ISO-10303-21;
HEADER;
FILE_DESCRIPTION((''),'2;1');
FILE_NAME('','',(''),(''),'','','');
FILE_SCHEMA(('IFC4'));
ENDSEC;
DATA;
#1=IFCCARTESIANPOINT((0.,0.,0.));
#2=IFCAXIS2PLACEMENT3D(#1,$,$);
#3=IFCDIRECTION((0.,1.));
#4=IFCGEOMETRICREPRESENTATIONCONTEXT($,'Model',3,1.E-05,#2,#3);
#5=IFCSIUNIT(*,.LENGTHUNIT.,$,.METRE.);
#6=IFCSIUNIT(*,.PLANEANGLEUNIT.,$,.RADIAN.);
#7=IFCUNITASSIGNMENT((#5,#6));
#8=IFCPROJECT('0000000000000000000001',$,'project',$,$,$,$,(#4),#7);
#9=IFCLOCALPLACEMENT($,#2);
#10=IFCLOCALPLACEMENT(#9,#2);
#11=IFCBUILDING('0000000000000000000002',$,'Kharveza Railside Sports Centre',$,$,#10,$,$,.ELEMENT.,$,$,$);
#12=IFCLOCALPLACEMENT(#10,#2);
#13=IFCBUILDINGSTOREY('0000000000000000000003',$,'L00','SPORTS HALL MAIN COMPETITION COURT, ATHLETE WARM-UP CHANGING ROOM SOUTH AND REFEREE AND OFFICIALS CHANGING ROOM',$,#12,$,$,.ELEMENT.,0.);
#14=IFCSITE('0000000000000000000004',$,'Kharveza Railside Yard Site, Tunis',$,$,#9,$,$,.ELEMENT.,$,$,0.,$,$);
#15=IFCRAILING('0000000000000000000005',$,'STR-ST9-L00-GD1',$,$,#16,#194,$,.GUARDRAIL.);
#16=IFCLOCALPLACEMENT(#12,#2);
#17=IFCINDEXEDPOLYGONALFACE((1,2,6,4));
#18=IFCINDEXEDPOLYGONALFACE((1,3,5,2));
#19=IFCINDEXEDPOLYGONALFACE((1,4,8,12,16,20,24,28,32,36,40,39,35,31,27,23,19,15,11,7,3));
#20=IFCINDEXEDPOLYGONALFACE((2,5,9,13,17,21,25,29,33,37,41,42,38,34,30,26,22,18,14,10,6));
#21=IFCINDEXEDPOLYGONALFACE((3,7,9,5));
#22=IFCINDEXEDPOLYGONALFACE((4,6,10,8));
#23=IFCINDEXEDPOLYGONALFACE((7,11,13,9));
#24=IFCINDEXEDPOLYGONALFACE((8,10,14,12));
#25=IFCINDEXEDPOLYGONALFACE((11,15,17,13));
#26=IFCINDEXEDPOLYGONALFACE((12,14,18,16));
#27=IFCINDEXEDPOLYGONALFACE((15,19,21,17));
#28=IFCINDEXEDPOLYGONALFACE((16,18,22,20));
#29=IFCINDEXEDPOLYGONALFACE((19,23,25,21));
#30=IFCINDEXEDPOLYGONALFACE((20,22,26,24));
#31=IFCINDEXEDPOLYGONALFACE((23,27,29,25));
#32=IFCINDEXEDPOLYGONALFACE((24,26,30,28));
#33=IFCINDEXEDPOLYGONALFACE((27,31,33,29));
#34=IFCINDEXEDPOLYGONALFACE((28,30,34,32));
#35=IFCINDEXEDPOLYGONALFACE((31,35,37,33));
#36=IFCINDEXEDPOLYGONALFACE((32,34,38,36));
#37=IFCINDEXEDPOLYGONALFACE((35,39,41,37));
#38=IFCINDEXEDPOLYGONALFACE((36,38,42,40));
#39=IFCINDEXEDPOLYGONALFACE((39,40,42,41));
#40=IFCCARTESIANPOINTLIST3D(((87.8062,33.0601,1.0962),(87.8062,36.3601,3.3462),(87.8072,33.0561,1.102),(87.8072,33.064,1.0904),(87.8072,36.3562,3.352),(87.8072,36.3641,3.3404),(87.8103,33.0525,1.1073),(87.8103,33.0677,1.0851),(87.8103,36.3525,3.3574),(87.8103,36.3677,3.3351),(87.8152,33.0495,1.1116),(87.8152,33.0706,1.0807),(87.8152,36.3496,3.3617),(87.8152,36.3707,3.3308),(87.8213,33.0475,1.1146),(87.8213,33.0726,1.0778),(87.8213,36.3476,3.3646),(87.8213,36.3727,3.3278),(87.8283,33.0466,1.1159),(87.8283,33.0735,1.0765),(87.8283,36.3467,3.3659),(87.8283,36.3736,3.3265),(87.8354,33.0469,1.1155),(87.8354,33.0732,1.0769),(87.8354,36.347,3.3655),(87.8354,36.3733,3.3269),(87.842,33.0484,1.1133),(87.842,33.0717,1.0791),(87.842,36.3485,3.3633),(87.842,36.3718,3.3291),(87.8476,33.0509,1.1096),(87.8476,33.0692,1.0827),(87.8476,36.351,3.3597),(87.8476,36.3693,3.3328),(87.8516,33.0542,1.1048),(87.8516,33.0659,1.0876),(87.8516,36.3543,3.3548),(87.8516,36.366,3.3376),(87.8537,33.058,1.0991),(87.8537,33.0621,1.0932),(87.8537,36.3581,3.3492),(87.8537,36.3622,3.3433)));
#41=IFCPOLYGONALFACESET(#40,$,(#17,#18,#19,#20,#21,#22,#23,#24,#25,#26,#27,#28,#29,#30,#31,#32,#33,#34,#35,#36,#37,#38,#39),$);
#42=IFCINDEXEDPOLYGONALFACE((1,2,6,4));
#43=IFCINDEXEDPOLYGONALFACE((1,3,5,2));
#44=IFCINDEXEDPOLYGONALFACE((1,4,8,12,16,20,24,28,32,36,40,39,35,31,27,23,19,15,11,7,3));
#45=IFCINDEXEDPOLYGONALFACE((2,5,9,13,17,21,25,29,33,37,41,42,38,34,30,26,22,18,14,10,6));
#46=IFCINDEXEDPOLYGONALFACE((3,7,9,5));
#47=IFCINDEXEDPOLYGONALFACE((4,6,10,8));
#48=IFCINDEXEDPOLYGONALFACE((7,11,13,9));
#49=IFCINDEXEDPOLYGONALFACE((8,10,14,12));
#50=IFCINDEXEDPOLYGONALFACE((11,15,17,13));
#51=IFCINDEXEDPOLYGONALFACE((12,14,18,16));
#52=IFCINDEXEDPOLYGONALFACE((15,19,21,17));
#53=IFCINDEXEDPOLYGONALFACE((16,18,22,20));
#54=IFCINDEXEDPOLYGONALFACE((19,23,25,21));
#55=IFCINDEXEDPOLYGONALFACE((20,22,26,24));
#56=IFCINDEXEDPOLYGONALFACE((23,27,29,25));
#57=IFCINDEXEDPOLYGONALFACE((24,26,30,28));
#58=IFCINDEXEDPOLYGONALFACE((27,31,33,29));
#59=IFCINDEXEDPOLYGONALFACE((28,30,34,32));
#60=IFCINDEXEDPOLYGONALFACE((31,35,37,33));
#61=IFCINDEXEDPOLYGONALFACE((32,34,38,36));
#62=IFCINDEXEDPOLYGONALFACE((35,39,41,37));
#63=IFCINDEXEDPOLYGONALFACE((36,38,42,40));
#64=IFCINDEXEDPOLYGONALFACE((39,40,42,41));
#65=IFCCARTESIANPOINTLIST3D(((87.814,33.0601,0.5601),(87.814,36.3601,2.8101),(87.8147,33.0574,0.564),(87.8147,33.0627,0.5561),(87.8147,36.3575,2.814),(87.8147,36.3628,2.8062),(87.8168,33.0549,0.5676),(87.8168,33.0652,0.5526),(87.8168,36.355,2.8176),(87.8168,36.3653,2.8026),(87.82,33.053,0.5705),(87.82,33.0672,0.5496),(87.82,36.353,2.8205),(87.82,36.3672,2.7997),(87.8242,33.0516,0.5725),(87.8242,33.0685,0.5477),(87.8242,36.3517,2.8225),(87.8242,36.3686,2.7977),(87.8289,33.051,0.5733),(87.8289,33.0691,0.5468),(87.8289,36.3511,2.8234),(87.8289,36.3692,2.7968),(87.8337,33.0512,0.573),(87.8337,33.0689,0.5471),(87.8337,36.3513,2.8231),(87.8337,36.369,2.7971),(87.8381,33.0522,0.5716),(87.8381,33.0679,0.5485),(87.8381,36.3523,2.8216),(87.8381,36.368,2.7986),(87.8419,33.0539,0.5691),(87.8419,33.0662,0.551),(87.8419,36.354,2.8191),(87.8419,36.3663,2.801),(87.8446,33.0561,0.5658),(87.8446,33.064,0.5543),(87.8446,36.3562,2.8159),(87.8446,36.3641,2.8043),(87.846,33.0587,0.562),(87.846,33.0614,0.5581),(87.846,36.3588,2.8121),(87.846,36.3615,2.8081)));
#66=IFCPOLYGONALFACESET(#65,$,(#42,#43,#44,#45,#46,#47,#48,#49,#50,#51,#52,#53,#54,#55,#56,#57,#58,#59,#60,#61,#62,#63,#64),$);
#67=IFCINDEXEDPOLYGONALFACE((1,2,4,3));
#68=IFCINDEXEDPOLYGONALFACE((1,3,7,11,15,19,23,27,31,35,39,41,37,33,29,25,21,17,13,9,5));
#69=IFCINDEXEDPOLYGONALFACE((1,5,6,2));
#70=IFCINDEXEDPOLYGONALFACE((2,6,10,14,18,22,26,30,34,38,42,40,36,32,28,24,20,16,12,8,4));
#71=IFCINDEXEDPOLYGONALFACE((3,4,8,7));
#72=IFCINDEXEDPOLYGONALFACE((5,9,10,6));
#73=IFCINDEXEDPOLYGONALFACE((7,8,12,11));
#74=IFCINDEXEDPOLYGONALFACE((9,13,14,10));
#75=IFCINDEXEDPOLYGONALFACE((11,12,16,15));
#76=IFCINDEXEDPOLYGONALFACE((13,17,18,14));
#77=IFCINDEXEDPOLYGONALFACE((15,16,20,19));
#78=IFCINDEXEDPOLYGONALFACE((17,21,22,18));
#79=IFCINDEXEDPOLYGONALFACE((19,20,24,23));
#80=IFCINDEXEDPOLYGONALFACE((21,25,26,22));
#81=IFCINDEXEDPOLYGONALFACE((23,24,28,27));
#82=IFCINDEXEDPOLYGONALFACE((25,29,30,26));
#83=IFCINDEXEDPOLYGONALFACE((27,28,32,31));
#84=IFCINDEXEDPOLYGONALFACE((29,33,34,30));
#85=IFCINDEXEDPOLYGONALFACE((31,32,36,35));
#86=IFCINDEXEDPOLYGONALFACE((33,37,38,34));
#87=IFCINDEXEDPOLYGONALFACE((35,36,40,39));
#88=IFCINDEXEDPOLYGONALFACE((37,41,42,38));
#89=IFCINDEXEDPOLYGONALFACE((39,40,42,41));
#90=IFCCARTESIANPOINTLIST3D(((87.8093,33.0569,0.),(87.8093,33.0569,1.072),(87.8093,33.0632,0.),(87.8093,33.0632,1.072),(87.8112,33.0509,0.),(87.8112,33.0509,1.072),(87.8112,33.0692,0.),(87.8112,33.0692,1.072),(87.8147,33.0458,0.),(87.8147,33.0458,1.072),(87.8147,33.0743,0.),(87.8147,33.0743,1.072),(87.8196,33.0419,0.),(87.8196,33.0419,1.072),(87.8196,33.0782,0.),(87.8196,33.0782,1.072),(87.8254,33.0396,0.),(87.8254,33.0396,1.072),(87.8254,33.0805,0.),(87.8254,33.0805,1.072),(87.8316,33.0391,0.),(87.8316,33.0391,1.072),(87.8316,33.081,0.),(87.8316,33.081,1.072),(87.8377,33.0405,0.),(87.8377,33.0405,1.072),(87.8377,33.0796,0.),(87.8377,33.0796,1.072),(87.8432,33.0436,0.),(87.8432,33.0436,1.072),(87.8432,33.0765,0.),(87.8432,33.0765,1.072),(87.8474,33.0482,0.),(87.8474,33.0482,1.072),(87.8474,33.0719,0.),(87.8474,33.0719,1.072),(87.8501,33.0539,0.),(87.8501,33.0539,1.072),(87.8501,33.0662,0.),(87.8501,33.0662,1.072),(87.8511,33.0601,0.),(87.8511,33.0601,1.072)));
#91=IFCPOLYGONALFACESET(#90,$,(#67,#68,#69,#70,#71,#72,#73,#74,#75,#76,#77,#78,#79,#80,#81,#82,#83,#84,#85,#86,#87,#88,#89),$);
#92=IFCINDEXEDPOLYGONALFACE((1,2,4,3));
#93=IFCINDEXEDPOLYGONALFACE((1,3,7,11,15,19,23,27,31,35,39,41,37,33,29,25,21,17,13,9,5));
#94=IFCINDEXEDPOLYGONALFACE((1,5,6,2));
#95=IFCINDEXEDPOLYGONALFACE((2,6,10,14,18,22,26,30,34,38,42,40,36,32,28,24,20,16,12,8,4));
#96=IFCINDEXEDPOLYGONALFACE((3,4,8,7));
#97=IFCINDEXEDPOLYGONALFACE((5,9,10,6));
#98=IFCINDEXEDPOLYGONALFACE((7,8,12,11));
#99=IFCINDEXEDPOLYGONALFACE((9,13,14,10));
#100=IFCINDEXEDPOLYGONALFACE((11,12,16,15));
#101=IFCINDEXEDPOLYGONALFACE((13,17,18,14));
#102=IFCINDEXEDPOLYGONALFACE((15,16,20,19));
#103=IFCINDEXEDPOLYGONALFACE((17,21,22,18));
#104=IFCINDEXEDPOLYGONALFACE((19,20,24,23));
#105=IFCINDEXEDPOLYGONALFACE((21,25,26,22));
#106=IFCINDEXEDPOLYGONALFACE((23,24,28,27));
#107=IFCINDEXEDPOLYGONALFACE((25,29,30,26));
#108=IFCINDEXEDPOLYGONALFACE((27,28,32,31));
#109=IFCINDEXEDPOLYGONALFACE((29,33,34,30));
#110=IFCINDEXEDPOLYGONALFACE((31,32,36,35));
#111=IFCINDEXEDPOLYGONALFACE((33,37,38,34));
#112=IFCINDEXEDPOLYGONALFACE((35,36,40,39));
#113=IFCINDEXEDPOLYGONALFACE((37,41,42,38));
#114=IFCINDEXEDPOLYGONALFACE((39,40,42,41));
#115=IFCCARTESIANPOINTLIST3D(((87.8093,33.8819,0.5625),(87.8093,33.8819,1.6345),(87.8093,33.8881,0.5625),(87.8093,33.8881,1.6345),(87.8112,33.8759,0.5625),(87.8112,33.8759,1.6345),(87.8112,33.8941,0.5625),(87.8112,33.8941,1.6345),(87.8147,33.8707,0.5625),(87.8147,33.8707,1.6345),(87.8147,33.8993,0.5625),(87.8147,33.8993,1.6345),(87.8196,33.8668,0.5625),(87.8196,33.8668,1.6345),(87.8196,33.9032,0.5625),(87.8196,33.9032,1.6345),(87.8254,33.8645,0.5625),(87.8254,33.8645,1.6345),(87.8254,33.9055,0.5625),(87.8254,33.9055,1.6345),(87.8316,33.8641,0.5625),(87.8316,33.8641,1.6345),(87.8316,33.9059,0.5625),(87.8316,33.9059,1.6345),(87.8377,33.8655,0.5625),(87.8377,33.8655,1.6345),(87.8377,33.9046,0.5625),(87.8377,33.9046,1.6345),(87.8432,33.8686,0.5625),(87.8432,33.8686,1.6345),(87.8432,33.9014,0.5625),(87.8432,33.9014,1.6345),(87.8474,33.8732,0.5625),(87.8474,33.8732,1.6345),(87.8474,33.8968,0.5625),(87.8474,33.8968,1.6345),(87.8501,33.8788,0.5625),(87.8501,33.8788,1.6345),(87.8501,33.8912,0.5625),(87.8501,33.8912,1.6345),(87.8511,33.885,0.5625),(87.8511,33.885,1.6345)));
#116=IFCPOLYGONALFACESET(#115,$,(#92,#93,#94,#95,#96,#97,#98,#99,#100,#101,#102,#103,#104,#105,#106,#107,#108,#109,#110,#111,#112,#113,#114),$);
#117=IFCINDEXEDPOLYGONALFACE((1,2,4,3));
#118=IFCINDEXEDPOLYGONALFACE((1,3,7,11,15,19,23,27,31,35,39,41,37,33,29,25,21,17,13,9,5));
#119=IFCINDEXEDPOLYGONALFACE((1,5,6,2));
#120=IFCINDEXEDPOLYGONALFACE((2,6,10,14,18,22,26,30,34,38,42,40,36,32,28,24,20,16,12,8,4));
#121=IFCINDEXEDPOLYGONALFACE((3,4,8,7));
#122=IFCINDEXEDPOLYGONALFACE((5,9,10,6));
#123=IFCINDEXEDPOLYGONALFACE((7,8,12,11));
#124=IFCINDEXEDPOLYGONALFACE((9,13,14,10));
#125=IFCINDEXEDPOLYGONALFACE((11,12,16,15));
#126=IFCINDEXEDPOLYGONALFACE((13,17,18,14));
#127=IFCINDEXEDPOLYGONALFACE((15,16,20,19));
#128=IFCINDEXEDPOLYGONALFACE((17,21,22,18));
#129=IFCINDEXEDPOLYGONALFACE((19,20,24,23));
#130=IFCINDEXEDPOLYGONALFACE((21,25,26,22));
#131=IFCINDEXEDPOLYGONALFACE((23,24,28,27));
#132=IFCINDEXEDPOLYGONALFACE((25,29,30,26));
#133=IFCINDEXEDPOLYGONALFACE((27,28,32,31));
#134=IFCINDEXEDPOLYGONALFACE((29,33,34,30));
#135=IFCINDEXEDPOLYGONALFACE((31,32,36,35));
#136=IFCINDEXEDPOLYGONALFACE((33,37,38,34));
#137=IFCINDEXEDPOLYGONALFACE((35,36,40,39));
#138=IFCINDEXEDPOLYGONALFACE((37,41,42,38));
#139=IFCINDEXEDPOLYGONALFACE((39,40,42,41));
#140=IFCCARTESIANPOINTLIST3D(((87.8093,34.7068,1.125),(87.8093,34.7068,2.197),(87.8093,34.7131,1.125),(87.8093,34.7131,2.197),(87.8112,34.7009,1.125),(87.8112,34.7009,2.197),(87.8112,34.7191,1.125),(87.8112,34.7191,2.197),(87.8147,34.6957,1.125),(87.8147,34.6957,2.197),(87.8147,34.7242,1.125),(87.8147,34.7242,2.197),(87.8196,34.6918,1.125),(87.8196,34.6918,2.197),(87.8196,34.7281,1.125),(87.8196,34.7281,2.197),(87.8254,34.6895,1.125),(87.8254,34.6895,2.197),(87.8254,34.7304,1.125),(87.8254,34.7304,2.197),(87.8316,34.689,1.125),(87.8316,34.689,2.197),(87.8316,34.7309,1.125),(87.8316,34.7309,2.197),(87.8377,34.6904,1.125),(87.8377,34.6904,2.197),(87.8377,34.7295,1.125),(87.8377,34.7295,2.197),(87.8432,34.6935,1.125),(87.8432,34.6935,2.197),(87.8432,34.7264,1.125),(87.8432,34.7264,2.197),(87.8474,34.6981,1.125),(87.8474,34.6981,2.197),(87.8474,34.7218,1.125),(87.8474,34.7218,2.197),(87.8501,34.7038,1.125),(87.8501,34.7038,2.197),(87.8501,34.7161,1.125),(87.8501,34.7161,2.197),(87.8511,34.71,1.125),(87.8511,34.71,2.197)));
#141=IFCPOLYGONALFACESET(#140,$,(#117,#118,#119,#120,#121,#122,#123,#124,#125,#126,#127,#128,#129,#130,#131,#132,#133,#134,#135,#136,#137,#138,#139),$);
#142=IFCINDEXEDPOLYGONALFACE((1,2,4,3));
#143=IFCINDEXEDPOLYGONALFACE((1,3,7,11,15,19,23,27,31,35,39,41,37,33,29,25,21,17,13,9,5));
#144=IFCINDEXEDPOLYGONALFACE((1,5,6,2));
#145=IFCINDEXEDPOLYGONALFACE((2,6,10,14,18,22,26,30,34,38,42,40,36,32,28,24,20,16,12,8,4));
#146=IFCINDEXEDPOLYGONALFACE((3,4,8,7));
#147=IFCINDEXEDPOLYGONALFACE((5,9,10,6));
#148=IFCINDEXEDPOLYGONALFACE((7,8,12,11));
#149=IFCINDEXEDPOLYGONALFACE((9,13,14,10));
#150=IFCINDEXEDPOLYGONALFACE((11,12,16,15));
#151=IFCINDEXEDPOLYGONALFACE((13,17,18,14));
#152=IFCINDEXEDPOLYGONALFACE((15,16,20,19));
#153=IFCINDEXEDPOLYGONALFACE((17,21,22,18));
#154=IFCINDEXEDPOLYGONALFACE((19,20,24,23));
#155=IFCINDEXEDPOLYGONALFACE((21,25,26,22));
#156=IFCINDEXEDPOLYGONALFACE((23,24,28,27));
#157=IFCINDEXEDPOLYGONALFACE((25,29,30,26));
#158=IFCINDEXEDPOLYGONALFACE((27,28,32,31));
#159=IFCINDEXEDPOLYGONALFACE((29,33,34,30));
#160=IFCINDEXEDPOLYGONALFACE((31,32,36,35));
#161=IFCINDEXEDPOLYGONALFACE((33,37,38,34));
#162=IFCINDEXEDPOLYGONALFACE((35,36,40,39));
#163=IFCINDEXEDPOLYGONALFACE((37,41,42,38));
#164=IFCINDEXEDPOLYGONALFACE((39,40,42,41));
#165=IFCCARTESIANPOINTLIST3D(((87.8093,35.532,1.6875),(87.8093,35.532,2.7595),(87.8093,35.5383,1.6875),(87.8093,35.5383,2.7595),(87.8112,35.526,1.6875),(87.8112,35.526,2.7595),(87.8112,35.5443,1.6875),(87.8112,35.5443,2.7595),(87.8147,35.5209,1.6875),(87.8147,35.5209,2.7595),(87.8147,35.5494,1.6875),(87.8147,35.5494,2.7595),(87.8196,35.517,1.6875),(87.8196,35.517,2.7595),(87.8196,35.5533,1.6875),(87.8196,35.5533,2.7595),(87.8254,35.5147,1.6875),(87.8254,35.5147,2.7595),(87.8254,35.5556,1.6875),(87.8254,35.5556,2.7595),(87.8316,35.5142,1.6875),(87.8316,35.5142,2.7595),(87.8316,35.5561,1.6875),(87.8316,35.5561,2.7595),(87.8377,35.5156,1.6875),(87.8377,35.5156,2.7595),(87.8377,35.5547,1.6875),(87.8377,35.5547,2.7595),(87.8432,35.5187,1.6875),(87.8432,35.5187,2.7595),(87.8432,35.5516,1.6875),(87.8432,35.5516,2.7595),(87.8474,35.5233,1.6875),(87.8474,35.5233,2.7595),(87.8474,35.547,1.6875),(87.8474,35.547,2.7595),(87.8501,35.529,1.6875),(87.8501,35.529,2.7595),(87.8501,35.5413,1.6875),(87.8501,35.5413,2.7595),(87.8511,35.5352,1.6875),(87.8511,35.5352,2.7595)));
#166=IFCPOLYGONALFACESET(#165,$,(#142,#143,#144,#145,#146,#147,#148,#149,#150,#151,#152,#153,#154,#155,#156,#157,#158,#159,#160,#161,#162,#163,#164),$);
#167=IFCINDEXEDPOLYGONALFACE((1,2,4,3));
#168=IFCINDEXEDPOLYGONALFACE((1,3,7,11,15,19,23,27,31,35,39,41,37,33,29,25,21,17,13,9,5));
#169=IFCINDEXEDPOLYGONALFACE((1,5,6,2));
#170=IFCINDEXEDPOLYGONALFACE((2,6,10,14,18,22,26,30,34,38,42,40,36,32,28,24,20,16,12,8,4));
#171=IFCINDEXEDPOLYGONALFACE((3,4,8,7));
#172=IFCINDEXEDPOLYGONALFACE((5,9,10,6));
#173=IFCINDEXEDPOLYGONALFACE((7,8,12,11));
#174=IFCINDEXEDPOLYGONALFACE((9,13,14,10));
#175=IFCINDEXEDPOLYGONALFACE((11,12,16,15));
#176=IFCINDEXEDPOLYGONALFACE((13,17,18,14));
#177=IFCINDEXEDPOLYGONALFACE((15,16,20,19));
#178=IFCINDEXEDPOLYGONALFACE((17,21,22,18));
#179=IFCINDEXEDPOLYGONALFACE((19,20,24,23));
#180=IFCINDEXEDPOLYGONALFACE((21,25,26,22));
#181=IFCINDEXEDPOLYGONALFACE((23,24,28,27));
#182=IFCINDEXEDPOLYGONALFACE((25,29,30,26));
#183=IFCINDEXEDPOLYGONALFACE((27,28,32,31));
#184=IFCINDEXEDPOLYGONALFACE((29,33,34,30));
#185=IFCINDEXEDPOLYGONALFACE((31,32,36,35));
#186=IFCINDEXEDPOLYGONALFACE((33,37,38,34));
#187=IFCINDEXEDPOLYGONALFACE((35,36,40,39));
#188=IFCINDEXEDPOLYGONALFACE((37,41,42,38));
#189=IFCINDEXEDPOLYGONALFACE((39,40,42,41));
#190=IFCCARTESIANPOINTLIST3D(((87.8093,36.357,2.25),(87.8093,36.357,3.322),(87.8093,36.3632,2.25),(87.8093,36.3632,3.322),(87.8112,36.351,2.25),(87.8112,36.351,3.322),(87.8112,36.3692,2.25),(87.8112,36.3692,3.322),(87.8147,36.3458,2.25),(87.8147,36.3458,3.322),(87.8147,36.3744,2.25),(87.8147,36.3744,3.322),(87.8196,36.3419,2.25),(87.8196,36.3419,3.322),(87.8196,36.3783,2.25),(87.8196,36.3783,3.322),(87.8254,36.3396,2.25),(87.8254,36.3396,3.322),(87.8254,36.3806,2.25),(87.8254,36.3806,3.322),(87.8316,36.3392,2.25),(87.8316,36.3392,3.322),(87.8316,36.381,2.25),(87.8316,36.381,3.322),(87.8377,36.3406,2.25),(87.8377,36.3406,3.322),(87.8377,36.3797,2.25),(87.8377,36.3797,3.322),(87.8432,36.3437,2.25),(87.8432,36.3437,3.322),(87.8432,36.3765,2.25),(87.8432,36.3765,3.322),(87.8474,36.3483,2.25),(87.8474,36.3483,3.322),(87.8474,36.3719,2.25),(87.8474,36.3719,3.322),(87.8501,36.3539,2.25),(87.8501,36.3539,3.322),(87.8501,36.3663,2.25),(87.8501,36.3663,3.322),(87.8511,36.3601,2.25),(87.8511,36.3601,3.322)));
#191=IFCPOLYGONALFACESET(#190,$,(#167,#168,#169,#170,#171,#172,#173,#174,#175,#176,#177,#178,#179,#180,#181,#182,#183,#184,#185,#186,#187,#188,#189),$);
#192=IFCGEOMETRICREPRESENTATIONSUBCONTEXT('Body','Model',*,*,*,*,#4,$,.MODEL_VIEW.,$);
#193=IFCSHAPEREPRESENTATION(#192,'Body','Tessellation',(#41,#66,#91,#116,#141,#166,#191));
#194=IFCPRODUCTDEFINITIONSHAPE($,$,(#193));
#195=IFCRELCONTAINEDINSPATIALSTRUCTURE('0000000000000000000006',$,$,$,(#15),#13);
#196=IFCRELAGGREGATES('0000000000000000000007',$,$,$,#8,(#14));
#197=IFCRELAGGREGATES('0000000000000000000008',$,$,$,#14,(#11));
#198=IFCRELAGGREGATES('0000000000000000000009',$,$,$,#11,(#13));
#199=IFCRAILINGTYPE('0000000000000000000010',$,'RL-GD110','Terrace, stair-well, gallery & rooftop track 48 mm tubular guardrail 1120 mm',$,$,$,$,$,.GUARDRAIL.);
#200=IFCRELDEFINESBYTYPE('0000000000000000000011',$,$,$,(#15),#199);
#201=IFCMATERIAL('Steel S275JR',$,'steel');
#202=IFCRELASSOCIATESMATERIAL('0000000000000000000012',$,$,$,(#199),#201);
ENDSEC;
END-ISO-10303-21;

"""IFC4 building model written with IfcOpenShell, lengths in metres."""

from ifc_helpers import new_model, si_unit, direction, frame, origin, origin_2d, place, context, subcontext, project, spatial, circle, extrude, material, type_object, element, save


model = new_model("IFC4")

# Units and contexts
model_context = context("Model", 3, precision=1e-05, world=origin(), true_north=direction((0.0, 1.0)))
body_context = subcontext(model_context, "Body", "Model", "MODEL_VIEW")
ifc_project = project(units=[si_unit("LENGTHUNIT", "METRE"), si_unit("PLANEANGLEUNIT", "RADIAN")], contexts=[model_context])

# Site, building, storey
site_placement = place(None, origin())
site = spatial("IfcSite", under=ifc_project, at=site_placement, Name="Kharveza Railside Yard Site, Tunis", CompositionType="ELEMENT", RefElevation=0.0)
building_placement = place(site_placement, origin())
building = spatial("IfcBuilding", under=site, at=building_placement, Name="Kharveza Railside Sports Centre", CompositionType="ELEMENT")
storey_placement = place(building_placement, origin())
storey = spatial("IfcBuildingStorey", under=building, at=storey_placement, Name="L00", Description="SPORTS HALL MAIN COMPETITION COURT, ATHLETE WARM-UP CHANGING ROOM SOUTH AND REFEREE AND OFFICIALS CHANGING ROOM", CompositionType="ELEMENT", Elevation=0.0)

# Railing
ifc_material_1 = material(Name="Steel S275JR", Category="steel")
railing_type_1 = type_object("IfcRailingType", Name="RL-GD110", Description="Terrace, stair-well, gallery & rooftop track 48 mm tubular guardrail 1120 mm", PredefinedType="GUARDRAIL", material=ifc_material_1)
railing_1_placement = place(storey_placement, frame((87.8301, 33.0601, 0.0)))
element("IfcRailing", 1, at=railing_1_placement, inside=storey, type_object=railing_type_1, Name="STR-ST9-L00-GD1", PredefinedType="GUARDRAIL", context=body_context, shape_type="SweptSolid", body=[
    extrude(circle(Radius=0.0239, at=origin_2d()), frame((0.0, 0.0, 1.0962), z_axis=(0.0, 0.826231, 0.563331), x_axis=(-1.0, 0.0, 0.0)), (0.0, 0.0, 1.0), 3.9941),
    extrude(circle(Radius=0.0161, at=origin_2d()), frame((0.0, 0.0, 0.5601), z_axis=(0.0, 0.826231, 0.563331), x_axis=(-1.0, 0.0, 0.0)), (0.0, 0.0, 1.0), 3.9941),
    extrude(circle(Radius=0.021, at=origin_2d()), origin(), (0.0, 0.0, 1.0), 1.072),
    extrude(circle(Radius=0.021, at=origin_2d()), frame((0.0, 0.825, 0.5625)), (0.0, 0.0, 1.0), 1.072),
    extrude(circle(Radius=0.021, at=origin_2d()), frame((0.0, 1.6499, 1.125)), (0.0, 0.0, 1.0), 1.072),
    extrude(circle(Radius=0.021, at=origin_2d()), frame((0.0, 2.4751, 1.6875)), (0.0, 0.0, 1.0), 1.072),
    extrude(circle(Radius=0.021, at=origin_2d()), frame((0.0, 3.3, 2.25)), (0.0, 0.0, 1.0), 1.072),
])

save(model, "model.ifc")
